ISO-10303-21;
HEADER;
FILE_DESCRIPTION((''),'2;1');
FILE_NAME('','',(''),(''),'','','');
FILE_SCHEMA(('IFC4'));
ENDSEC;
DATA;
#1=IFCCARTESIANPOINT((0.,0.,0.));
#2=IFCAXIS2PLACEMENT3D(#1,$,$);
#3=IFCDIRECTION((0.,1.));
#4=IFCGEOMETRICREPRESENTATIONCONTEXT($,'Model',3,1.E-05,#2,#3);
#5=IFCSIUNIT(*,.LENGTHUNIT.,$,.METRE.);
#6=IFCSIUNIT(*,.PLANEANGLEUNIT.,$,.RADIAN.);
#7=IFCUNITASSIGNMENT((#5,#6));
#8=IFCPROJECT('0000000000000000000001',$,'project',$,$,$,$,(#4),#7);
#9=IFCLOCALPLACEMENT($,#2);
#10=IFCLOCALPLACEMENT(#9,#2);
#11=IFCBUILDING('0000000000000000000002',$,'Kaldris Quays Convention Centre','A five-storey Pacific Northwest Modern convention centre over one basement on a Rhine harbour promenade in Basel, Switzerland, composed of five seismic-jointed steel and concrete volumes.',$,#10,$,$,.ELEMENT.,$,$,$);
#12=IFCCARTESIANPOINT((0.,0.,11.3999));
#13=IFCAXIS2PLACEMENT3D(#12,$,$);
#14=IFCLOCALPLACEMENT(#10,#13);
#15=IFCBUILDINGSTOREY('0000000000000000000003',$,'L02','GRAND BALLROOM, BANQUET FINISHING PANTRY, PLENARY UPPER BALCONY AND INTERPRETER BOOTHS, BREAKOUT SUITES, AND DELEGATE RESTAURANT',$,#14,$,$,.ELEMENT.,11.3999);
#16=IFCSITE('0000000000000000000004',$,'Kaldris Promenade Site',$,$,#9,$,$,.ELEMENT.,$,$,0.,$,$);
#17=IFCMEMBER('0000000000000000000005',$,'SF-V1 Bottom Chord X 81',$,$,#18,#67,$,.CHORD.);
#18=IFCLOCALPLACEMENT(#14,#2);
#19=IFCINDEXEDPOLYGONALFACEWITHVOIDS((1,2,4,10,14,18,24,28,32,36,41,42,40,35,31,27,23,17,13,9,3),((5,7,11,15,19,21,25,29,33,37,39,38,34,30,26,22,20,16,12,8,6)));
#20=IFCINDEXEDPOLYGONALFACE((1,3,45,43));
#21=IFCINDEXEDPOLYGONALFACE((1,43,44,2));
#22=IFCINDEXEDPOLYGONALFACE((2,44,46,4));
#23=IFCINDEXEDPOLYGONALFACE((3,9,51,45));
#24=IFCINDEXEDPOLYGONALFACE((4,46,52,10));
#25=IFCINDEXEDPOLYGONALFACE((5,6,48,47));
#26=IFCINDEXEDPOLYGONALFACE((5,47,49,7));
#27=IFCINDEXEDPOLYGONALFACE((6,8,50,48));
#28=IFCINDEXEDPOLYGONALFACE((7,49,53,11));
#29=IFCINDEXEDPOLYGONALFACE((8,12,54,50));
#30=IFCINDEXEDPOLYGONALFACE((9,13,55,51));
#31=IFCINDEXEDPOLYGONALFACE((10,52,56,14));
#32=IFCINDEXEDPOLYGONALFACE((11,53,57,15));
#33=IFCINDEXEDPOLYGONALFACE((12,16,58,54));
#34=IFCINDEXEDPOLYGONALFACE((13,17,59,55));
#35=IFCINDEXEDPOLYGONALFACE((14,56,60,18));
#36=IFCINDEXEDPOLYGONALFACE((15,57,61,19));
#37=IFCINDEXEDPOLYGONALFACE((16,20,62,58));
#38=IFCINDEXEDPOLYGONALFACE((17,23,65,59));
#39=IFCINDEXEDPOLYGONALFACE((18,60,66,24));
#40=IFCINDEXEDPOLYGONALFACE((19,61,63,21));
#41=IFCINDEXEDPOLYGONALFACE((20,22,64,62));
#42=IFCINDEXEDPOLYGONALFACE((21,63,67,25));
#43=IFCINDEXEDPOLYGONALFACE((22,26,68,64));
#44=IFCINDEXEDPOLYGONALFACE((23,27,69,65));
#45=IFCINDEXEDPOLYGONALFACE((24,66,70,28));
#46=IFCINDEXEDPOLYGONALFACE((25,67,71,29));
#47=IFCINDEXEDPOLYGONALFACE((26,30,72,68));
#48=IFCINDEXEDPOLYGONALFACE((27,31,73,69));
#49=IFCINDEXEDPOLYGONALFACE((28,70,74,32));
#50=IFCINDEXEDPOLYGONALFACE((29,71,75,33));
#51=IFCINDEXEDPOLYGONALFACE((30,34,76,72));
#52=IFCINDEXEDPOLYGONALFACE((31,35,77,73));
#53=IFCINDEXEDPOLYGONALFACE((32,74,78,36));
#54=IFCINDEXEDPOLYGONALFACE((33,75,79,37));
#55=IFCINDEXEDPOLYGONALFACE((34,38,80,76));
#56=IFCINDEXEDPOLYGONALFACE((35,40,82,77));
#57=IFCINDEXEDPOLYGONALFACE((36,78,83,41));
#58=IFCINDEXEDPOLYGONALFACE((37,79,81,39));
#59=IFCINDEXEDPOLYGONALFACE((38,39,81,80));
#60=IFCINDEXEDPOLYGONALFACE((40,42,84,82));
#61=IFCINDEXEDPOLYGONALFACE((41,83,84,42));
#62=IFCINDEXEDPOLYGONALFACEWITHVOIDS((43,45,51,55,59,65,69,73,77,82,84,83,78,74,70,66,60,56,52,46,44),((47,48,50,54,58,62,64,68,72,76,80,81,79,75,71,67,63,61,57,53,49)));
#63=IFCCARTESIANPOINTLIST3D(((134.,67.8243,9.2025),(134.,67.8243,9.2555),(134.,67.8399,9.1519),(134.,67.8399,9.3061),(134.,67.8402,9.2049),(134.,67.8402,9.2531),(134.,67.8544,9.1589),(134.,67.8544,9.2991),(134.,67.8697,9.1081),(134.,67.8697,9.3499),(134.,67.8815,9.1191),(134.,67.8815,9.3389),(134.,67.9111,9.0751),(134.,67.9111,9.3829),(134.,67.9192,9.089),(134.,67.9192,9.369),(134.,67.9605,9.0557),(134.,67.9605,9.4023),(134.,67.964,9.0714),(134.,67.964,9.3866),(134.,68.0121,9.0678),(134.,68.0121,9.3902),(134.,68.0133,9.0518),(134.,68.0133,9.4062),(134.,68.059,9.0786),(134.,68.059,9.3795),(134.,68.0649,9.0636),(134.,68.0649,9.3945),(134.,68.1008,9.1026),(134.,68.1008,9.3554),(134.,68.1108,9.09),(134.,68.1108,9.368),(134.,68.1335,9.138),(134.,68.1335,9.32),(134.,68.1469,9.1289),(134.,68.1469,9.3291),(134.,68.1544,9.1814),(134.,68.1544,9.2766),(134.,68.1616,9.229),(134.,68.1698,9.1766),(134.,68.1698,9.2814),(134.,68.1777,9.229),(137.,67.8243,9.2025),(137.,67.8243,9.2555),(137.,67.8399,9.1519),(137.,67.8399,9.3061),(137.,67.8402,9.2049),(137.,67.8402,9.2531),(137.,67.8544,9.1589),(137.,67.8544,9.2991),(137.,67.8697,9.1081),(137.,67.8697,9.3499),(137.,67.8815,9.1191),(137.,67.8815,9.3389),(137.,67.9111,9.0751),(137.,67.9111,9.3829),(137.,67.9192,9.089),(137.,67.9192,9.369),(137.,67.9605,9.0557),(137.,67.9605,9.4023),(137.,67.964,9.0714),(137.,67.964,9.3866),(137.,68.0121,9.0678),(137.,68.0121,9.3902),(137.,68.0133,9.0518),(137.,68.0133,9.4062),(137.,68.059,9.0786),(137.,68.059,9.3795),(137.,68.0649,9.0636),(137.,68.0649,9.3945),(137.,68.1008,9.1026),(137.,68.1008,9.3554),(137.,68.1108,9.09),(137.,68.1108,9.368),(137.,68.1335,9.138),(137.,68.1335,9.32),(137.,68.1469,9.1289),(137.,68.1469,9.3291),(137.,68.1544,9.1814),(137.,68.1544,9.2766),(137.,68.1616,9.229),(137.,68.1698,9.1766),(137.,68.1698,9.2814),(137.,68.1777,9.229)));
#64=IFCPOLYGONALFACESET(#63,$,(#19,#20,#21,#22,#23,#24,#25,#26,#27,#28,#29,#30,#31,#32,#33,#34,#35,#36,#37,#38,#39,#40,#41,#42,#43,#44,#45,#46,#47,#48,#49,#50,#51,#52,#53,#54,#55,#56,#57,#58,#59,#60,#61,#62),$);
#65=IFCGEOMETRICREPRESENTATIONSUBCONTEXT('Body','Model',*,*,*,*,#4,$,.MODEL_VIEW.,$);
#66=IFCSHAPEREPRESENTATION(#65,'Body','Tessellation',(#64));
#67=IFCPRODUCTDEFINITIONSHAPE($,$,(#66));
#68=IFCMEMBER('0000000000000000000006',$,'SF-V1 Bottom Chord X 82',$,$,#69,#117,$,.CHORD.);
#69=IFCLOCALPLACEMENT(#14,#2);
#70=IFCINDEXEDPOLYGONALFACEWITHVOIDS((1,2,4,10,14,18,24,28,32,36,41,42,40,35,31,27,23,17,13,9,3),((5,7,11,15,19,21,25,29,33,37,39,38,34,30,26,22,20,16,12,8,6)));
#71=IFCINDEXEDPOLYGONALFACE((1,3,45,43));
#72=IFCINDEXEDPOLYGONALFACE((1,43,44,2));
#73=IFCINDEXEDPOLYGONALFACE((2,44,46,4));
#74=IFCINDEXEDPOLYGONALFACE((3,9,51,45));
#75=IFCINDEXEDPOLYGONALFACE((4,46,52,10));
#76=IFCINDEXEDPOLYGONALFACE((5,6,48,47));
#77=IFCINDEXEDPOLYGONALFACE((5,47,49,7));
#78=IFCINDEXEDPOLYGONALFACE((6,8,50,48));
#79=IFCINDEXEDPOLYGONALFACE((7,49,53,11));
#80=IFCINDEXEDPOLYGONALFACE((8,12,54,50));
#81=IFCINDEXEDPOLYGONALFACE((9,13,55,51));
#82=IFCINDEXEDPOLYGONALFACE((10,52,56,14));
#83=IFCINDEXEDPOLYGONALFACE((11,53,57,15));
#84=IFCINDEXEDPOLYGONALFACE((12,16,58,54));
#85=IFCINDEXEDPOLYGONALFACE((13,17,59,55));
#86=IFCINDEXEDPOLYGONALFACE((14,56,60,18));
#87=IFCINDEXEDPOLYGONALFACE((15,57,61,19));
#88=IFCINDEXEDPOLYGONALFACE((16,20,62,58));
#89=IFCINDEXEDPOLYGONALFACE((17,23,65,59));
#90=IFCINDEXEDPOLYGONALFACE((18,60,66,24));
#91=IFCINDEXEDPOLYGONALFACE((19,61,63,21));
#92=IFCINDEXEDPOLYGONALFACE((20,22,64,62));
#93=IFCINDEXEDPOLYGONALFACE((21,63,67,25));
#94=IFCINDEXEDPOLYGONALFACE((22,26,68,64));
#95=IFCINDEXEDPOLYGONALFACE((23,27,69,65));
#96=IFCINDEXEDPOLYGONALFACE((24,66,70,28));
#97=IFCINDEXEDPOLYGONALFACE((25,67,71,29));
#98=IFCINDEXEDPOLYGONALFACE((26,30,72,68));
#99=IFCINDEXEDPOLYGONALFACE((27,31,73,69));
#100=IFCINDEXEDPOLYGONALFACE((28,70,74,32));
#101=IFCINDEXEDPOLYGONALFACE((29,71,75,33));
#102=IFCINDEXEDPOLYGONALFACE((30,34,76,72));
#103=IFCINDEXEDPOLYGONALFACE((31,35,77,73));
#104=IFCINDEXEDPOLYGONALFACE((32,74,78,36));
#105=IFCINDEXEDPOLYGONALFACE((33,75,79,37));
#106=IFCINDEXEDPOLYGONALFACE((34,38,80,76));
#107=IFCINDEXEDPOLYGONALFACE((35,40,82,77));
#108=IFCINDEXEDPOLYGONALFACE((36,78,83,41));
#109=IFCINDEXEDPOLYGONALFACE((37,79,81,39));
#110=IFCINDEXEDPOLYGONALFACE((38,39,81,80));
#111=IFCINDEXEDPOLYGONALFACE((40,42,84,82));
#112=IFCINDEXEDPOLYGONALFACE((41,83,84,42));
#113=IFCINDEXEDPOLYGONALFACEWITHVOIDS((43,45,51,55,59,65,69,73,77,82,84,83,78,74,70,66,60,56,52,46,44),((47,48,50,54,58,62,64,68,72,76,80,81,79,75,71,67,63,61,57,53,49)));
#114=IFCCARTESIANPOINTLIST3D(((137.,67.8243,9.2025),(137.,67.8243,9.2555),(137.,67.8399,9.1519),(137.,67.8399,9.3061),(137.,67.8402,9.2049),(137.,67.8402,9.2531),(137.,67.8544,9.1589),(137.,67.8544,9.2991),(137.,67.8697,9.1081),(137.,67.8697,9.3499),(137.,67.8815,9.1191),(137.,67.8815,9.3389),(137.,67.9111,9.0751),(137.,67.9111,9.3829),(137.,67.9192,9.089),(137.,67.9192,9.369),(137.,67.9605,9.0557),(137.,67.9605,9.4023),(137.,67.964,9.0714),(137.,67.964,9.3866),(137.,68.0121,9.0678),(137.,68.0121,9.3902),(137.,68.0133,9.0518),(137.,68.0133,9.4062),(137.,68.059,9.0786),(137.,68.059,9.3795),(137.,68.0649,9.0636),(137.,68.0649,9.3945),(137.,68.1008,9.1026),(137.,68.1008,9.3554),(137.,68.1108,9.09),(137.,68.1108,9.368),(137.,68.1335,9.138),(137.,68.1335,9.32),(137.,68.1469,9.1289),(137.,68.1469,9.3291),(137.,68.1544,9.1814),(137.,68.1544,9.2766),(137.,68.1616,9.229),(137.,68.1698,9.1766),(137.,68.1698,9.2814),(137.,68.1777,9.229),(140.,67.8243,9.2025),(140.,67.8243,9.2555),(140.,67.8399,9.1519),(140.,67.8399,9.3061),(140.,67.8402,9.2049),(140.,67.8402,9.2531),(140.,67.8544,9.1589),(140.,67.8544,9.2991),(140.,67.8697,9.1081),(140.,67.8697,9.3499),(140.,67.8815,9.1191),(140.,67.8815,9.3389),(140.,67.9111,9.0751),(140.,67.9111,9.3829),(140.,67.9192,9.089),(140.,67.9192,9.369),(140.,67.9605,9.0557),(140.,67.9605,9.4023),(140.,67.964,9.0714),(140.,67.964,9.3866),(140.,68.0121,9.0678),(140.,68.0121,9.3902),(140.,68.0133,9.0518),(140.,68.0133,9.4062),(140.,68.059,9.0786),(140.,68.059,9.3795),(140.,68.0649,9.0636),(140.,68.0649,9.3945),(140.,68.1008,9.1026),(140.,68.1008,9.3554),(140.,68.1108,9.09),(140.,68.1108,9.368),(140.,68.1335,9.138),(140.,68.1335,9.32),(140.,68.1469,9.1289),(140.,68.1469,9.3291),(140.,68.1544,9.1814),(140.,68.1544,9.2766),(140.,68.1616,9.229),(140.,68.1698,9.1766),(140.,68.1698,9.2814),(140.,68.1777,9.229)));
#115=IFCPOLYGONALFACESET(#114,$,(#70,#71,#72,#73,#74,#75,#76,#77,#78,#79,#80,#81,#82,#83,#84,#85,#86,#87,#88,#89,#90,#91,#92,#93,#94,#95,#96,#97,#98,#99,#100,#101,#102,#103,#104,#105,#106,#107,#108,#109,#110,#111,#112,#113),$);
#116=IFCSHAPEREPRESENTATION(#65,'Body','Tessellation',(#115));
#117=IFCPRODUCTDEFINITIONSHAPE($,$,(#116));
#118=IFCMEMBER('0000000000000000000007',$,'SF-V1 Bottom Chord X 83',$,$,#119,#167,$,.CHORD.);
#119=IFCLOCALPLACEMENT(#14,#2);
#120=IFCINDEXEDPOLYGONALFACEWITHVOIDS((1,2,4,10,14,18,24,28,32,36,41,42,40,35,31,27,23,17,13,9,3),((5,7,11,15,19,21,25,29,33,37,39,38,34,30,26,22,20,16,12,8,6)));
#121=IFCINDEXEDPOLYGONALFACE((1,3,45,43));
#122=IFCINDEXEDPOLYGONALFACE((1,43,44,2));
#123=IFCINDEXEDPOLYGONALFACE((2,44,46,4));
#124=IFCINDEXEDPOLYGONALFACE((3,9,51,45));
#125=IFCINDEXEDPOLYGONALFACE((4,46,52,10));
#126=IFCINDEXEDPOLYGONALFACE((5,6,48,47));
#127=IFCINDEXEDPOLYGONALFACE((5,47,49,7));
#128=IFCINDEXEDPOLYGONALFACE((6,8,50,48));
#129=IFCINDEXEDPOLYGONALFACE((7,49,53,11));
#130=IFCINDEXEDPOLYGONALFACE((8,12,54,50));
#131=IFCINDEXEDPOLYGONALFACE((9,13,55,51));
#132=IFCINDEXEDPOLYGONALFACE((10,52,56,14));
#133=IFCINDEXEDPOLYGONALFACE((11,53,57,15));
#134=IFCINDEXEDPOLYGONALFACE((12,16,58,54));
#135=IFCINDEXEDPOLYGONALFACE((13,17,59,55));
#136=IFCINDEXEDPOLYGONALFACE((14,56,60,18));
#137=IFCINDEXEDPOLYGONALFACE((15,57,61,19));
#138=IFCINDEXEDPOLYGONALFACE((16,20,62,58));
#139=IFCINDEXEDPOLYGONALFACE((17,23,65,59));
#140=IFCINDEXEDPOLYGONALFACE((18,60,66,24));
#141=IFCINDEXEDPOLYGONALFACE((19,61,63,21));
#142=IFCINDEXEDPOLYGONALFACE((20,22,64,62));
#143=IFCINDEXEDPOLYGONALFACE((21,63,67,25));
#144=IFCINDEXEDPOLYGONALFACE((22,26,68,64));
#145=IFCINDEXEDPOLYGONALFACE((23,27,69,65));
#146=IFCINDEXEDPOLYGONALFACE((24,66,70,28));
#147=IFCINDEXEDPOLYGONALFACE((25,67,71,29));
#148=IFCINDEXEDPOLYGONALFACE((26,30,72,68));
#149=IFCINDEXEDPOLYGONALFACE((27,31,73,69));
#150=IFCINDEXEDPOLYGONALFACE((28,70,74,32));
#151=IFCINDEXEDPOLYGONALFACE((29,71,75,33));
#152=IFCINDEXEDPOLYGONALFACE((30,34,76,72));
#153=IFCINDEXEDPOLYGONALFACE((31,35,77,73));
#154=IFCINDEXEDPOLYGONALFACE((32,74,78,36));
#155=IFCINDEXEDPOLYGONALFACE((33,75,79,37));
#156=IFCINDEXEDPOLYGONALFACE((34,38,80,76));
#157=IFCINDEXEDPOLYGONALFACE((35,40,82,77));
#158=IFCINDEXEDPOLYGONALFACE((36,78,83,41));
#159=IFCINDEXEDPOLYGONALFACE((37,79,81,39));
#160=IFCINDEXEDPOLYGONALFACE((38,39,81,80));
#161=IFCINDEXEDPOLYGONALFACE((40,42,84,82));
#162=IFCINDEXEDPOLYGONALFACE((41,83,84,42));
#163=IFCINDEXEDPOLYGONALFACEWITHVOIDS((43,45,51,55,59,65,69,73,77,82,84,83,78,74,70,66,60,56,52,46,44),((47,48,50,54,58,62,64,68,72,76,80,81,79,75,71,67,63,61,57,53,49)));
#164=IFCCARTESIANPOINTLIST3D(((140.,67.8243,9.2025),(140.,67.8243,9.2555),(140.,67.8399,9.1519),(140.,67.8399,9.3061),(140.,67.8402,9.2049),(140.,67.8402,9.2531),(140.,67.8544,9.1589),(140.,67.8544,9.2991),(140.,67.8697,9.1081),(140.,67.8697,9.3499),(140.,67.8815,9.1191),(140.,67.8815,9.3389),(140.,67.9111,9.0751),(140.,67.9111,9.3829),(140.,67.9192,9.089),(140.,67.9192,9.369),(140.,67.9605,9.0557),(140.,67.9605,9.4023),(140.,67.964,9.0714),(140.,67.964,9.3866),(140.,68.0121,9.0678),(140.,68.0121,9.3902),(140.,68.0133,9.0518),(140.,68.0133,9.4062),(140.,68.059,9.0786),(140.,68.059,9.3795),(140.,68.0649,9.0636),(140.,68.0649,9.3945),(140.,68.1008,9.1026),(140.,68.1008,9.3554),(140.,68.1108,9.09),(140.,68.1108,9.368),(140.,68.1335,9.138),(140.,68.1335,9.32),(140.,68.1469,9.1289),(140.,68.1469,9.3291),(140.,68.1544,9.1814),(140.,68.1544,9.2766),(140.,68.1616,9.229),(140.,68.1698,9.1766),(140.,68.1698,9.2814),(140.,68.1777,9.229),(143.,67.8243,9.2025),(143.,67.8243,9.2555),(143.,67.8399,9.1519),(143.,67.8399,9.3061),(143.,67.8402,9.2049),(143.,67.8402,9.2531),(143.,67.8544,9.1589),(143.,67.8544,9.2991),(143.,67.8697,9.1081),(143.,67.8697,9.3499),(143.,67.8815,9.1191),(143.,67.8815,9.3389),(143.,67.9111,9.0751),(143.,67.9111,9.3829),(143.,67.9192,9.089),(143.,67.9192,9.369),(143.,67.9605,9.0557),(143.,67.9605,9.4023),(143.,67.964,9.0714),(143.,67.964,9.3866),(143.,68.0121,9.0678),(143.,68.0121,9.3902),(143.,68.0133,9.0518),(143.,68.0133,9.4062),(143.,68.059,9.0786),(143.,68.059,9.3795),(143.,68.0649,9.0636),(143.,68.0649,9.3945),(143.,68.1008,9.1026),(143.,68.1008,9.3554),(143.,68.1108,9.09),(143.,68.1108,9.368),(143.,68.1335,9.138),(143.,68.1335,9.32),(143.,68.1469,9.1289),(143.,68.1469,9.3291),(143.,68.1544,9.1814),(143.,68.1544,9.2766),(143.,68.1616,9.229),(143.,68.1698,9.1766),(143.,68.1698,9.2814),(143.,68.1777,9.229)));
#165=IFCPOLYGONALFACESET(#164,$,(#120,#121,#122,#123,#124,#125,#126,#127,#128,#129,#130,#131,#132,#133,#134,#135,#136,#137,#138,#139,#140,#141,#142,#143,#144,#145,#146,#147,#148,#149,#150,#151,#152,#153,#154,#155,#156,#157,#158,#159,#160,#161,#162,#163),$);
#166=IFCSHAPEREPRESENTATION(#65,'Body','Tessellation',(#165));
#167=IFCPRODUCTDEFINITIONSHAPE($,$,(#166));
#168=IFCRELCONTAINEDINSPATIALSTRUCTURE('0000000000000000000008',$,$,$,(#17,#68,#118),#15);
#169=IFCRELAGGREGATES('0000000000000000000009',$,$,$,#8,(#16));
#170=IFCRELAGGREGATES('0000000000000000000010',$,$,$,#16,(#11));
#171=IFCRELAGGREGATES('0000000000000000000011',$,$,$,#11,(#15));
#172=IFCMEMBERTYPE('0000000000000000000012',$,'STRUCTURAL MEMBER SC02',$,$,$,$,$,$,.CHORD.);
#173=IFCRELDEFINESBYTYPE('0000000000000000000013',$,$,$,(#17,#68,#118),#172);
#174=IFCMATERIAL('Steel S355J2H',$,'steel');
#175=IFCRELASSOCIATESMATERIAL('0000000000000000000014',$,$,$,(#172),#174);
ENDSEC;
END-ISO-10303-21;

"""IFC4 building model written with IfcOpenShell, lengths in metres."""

from ifc_helpers import new_model, si_unit, direction, frame, origin, origin_2d, place, context, subcontext, project, spatial, hollow_circle, extrude, material, material_profile, profile_set, type_object, element, save


model = new_model("IFC4")

# Units and contexts
model_context = context("Model", 3, precision=1e-05, world=origin(), true_north=direction((0.0, 1.0)))
body_context = subcontext(model_context, "Body", "Model", "MODEL_VIEW")
ifc_project = project(units=[si_unit("LENGTHUNIT", "METRE"), si_unit("PLANEANGLEUNIT", "RADIAN")], contexts=[model_context])

# Site, building, storey
site_placement = place(None, origin())
site = spatial("IfcSite", under=ifc_project, at=site_placement, Name="Kaldris Promenade Site", CompositionType="ELEMENT", RefElevation=0.0)
building_placement = place(site_placement, origin())
building = spatial("IfcBuilding", under=site, at=building_placement, Name="Kaldris Quays Convention Centre", Description="A five-storey Pacific Northwest Modern convention centre over one basement on a Rhine harbour promenade in Basel, Switzerland, composed of five seismic-jointed steel and concrete volumes.", CompositionType="ELEMENT")
storey_placement = place(building_placement, frame((0.0, 0.0, 11.3999)))
storey = spatial("IfcBuildingStorey", under=building, at=storey_placement, Name="L02", Description="GRAND BALLROOM, BANQUET FINISHING PANTRY, PLENARY UPPER BALCONY AND INTERPRETER BOOTHS, BREAKOUT SUITES, AND DELEGATE RESTAURANT", CompositionType="ELEMENT", Elevation=11.3999)

# Members
ifc_material_1 = material(Name="Steel S355J2H", Category="steel")
ifc_material_profile_1 = material_profile(ifc_material_1, hollow_circle(Radius=0.1777, WallThickness=0.0161, at=origin_2d()), Name="CHS 355.6x16")
ifc_profile_set_1 = profile_set([ifc_material_profile_1], Name="Steel S355J2H")
member_type_1 = type_object("IfcMemberType", Name="STRUCTURAL MEMBER SC02", PredefinedType="CHORD", material=ifc_profile_set_1)
for number, where, z_axis, x_axis, name in (
    (1, (134.0, 68.0, 9.229), (1.0, 0.0, 0.0), (0.0, 1.0, 0.0), "SF-V1 Bottom Chord X 81"),
    (2, (137.0, 68.0, 9.229), (1.0, 0.0, 0.0), (0.0, 1.0, 0.0), "SF-V1 Bottom Chord X 82"),
    (3, (140.0, 68.0, 9.229), (1.0, 0.0, 0.0), (0.0, 1.0, 0.0), "SF-V1 Bottom Chord X 83"),
):
    element("IfcMember", number, at=place(storey_placement, frame(where, z_axis=z_axis, x_axis=x_axis)), inside=storey, type_object=member_type_1, Name=name, PredefinedType="CHORD", context=body_context, shape_type="SweptSolid", body=[
        extrude(hollow_circle(Radius=0.1777, WallThickness=0.0161, at=origin_2d()), origin(), (0.0, 0.0, 1.0), 3.0),
    ])

save(model, "model.ifc")
